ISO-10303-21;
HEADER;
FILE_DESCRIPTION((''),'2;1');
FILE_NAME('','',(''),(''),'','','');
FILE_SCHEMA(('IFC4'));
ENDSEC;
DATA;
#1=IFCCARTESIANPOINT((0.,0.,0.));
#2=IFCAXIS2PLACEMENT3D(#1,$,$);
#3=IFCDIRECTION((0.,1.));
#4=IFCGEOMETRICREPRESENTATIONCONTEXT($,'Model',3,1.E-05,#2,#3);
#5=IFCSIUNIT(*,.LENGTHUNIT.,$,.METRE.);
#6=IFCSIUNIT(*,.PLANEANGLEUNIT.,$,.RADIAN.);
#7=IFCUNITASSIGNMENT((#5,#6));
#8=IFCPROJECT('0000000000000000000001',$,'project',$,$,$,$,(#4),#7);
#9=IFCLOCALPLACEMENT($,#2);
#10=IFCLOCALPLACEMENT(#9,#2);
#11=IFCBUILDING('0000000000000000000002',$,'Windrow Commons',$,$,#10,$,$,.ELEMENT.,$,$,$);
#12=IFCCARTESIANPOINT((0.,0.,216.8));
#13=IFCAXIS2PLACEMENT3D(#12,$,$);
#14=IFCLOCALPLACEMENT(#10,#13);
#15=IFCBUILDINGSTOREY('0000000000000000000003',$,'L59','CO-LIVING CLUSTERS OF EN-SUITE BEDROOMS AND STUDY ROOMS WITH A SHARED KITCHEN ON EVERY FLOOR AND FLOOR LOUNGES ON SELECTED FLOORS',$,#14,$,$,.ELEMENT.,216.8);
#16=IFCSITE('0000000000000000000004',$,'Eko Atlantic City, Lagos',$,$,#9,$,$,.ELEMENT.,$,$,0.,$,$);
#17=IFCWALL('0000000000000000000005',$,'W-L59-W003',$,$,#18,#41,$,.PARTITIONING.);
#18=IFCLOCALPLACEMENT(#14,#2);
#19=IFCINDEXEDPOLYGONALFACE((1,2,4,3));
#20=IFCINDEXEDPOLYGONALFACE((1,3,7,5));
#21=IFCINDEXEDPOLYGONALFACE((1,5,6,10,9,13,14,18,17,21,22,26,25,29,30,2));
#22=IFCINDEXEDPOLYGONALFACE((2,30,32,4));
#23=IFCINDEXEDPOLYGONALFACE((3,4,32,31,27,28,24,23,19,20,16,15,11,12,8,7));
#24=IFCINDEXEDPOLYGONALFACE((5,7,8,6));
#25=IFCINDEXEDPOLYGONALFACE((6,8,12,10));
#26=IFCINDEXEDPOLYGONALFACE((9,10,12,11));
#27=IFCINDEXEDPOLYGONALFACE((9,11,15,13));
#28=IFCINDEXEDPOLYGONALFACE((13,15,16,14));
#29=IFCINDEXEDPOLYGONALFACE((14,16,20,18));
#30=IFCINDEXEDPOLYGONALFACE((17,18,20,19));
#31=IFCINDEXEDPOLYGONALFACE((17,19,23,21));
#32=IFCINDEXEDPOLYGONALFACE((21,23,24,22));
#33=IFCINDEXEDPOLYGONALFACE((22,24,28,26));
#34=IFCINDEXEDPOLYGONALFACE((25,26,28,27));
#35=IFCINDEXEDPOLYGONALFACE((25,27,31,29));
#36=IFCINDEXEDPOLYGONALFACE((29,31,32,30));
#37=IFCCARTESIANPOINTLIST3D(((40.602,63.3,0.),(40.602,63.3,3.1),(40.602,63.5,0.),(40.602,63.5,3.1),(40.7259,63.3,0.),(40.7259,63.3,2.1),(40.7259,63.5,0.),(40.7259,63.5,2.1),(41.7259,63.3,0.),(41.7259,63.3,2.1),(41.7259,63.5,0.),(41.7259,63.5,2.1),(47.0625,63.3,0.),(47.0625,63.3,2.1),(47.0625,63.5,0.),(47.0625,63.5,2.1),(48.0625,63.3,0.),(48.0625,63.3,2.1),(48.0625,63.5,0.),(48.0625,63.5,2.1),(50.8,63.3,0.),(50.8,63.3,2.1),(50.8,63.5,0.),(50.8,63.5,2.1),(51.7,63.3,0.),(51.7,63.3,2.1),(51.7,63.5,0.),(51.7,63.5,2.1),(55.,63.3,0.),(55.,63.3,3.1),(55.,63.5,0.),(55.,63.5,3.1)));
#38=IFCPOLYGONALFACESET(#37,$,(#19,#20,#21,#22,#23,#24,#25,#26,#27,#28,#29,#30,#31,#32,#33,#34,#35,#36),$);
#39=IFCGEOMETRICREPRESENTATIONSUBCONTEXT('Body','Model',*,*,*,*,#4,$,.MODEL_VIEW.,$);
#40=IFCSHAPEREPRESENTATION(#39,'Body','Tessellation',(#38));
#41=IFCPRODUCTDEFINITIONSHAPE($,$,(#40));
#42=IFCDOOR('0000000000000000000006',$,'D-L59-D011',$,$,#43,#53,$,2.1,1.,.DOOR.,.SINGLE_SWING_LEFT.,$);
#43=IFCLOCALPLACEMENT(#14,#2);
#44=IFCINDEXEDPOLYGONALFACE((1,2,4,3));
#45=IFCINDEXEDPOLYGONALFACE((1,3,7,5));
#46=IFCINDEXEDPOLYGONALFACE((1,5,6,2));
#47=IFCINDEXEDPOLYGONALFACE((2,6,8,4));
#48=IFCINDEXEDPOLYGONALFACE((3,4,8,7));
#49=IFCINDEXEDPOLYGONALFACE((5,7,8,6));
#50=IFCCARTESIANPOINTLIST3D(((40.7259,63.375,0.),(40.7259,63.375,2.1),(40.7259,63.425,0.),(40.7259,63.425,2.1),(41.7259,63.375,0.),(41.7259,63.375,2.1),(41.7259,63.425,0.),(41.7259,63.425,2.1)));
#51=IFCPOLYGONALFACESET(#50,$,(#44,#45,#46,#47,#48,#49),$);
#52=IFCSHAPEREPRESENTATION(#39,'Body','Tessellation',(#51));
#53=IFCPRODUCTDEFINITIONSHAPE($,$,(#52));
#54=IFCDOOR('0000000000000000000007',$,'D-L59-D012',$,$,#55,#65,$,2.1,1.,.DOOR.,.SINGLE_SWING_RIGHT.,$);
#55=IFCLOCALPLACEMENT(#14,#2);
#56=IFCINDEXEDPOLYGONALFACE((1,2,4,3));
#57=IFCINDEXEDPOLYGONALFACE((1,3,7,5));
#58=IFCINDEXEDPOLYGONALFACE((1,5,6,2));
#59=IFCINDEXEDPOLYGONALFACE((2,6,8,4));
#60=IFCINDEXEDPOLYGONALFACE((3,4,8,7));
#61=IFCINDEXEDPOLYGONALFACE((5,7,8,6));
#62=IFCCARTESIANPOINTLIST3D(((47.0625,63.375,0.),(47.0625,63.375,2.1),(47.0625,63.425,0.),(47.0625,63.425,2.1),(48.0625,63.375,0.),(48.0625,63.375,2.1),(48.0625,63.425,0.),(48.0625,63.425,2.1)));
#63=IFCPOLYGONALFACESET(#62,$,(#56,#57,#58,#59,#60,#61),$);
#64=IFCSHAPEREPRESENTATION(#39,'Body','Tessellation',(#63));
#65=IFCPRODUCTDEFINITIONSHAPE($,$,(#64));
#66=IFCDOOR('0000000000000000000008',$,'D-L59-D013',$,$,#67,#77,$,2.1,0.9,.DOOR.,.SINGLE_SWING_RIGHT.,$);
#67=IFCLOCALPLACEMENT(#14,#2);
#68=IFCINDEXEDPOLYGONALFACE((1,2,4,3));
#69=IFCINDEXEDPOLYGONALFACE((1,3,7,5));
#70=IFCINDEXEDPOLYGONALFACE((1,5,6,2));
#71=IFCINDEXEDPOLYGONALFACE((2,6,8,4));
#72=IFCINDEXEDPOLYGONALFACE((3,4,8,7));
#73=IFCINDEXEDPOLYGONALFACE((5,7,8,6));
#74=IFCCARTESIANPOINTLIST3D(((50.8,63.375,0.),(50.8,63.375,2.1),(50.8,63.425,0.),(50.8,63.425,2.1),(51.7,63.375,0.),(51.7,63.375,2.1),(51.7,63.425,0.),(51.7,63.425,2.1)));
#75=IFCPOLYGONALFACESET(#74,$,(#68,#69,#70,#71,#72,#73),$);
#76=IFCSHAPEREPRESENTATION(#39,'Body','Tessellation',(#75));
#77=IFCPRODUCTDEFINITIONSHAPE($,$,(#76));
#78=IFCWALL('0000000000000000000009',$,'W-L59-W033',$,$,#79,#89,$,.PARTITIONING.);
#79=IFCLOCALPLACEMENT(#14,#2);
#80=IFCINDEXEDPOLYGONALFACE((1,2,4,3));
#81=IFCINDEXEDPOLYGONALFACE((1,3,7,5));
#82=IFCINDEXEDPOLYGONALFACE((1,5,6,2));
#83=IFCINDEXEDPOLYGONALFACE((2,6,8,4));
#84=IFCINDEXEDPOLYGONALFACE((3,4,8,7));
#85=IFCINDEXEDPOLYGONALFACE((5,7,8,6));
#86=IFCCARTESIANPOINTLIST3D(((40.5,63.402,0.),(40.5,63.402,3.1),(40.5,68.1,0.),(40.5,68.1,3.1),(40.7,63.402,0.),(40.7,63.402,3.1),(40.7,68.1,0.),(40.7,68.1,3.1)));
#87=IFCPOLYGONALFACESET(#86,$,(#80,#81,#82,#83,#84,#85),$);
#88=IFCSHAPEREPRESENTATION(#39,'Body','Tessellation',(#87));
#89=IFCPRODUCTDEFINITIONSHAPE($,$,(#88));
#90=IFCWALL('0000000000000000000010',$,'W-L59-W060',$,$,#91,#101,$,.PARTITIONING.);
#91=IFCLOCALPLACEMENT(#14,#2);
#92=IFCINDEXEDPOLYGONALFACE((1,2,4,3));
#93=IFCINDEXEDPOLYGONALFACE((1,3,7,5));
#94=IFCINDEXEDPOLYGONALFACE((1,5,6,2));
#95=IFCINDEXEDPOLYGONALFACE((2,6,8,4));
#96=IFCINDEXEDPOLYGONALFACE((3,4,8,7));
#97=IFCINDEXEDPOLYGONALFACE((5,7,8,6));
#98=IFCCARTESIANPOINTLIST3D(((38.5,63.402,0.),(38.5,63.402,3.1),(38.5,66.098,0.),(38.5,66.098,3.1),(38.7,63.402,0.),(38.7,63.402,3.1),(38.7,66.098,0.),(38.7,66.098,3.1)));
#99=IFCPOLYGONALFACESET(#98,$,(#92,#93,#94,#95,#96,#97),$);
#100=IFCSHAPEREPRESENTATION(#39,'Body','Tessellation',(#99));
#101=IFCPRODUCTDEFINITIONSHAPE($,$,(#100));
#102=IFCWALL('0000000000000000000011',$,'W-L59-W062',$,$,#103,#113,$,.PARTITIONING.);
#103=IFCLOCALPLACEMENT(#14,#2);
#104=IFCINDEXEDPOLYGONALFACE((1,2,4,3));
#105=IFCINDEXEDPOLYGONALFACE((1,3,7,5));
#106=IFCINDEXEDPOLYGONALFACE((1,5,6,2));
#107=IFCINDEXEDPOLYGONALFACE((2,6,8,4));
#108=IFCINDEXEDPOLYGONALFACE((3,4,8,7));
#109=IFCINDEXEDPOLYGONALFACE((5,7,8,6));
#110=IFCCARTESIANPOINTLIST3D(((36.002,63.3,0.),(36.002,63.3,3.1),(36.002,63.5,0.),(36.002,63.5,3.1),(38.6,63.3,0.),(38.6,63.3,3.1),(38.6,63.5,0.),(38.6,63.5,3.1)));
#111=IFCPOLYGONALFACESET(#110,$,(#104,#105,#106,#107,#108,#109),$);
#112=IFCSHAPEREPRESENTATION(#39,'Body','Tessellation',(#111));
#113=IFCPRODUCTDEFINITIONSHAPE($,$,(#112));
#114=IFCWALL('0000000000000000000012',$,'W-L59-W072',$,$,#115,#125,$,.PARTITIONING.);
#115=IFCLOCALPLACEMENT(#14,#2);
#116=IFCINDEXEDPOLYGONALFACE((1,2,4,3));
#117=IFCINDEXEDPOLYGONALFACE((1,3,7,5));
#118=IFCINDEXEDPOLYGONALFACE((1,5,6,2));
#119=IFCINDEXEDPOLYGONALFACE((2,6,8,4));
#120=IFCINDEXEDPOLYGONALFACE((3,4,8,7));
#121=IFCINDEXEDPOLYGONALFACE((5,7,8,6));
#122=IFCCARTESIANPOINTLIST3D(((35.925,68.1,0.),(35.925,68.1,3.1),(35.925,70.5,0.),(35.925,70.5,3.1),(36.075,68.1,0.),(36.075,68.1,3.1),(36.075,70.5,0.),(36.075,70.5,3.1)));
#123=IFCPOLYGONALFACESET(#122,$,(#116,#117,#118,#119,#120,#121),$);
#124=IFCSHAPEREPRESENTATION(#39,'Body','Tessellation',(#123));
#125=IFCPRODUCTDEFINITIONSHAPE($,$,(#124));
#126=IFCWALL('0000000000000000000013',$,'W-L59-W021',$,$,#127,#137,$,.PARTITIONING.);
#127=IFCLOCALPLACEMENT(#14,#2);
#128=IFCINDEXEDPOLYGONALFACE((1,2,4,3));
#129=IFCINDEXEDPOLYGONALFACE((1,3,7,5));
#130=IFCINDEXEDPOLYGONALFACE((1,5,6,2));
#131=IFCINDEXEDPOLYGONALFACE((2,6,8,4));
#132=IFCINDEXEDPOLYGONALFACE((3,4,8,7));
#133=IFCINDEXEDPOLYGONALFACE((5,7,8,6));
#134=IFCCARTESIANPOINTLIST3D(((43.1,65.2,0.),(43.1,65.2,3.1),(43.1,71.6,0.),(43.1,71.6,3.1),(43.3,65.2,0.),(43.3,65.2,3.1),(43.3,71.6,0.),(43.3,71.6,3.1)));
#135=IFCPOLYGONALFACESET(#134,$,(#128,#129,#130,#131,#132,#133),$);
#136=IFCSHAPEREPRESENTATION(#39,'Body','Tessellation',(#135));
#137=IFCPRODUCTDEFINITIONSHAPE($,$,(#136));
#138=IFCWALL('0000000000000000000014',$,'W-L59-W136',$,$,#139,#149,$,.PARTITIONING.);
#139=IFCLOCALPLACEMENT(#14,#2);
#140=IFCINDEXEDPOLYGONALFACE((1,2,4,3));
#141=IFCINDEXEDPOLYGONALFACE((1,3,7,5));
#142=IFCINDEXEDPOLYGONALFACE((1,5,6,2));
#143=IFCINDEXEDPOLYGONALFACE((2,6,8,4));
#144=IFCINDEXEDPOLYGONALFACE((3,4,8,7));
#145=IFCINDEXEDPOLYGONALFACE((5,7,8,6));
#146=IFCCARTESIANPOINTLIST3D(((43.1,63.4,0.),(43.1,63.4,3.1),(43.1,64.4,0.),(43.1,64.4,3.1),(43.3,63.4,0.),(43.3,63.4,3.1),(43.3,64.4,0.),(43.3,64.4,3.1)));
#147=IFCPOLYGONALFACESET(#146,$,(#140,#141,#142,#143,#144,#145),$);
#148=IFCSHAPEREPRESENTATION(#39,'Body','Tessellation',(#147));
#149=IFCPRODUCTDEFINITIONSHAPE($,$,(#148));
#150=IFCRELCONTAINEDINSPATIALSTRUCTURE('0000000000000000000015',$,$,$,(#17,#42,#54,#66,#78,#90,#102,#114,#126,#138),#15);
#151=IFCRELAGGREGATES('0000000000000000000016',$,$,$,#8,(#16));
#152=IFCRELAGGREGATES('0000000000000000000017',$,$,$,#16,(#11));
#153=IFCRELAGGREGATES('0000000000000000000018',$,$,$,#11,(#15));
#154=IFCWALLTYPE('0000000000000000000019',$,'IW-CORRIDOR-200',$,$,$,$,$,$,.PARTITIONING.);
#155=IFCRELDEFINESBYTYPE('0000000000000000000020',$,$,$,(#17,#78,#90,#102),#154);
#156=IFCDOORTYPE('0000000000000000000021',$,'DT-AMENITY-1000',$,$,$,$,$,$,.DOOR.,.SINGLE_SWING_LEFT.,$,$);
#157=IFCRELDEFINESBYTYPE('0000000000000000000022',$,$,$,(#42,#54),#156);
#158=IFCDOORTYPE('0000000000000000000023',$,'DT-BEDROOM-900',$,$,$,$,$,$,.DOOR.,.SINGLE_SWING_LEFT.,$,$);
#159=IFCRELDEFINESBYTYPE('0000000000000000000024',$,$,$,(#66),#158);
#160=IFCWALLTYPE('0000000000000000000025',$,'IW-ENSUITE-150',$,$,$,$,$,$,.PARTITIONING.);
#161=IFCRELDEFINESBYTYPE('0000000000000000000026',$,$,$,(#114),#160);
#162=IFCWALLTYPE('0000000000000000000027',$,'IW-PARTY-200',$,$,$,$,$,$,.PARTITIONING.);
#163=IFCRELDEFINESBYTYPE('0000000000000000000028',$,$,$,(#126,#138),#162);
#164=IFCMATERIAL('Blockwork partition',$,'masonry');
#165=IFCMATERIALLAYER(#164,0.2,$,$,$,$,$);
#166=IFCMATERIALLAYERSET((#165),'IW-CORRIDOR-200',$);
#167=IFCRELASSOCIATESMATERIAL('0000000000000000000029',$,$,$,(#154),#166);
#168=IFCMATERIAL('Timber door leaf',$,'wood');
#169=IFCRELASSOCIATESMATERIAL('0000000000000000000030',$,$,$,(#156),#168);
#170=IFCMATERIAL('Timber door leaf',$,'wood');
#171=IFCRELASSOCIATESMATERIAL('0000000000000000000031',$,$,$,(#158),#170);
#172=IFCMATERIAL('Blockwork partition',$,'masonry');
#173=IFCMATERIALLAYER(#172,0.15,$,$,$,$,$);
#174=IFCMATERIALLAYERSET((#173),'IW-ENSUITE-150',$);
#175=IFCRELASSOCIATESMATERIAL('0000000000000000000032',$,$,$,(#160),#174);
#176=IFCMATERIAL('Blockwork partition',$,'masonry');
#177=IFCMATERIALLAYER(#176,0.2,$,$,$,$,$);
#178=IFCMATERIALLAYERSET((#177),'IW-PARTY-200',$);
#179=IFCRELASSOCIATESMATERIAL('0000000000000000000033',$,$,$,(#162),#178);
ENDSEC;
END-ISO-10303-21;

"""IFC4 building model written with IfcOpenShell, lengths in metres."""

from ifc_helpers import new_model, si_unit, direction, frame, frame_2d, origin, place, context, subcontext, project, spatial, rectangle, extrude, material, layer, layer_set, type_object, element, fill, save


model = new_model("IFC4")

# Units and contexts
model_context = context("Model", 3, precision=1e-05, world=origin(), true_north=direction((0.0, 1.0)))
body_context = subcontext(model_context, "Body", "Model", "MODEL_VIEW")
ifc_project = project(units=[si_unit("LENGTHUNIT", "METRE"), si_unit("PLANEANGLEUNIT", "RADIAN")], contexts=[model_context])

# Site, building, storey
site_placement = place(None, origin())
site = spatial("IfcSite", under=ifc_project, at=site_placement, Name="Eko Atlantic City, Lagos", CompositionType="ELEMENT", RefElevation=0.0)
building_placement = place(site_placement, origin())
building = spatial("IfcBuilding", under=site, at=building_placement, Name="Windrow Commons", CompositionType="ELEMENT")
storey_placement = place(building_placement, frame((0.0, 0.0, 216.8)))
storey = spatial("IfcBuildingStorey", under=building, at=storey_placement, Name="L59", Description="CO-LIVING CLUSTERS OF EN-SUITE BEDROOMS AND STUDY ROOMS WITH A SHARED KITCHEN ON EVERY FLOOR AND FLOOR LOUNGES ON SELECTED FLOORS", CompositionType="ELEMENT", Elevation=216.8)

# Wall, openings, doors
ifc_material_1 = material(Name="Blockwork partition", Category="masonry")
ifc_layer_1 = layer(ifc_material_1, 0.2)
ifc_layer_set_1 = layer_set([ifc_layer_1], Name="IW-CORRIDOR-200")
wall_type_1 = type_object("IfcWallType", Name="IW-CORRIDOR-200", PredefinedType="PARTITIONING", material=ifc_layer_set_1)
wall_1_placement = place(storey_placement, frame((40.602, 63.4, 0.0), z_axis=(0.0, 0.0, 1.0), x_axis=(1.0, 0.0, 0.0)))
wall_1 = element("IfcWall", 1, at=wall_1_placement, inside=storey, type_object=wall_type_1, Name="W-L59-W003", PredefinedType="PARTITIONING", context=body_context, shape_type="SweptSolid", body=[
    extrude(rectangle(XDim=14.398, YDim=0.2, at=frame_2d((7.199, 0.0))), origin(), (0.0, 0.0, 1.0), 3.1),
])
opening_1_placement = place(wall_1_placement, frame((0.1239, 0.0, 0.0)))
opening_1 = element("IfcOpeningElement", 2, at=opening_1_placement, cuts=wall_1, PredefinedType="OPENING", context=body_context, shape_type="SweptSolid", body=[
    extrude(rectangle(XDim=1.0, YDim=2.1, at=frame_2d((0.5, 1.05))), frame((0.0, 0.11, 0.0), z_axis=(0.0, -1.0, 0.0), x_axis=(1.0, 0.0, 0.0)), (0.0, 0.0, 1.0), 0.22),
])
opening_2_placement = place(wall_1_placement, frame((6.4605, 0.0, 0.0)))
opening_2 = element("IfcOpeningElement", 3, at=opening_2_placement, cuts=wall_1, PredefinedType="OPENING", context=body_context, shape_type="SweptSolid", body=[
    extrude(rectangle(XDim=1.0, YDim=2.1, at=frame_2d((0.5, 1.05))), frame((0.0, 0.11, 0.0), z_axis=(0.0, -1.0, 0.0), x_axis=(1.0, 0.0, 0.0)), (0.0, 0.0, 1.0), 0.22),
])
opening_3_placement = place(wall_1_placement, frame((10.198, 0.0, 0.0)))
opening_3 = element("IfcOpeningElement", 4, at=opening_3_placement, cuts=wall_1, PredefinedType="OPENING", context=body_context, shape_type="SweptSolid", body=[
    extrude(rectangle(XDim=0.9, YDim=2.1, at=frame_2d((0.45, 1.05))), frame((0.0, 0.11, 0.0), z_axis=(0.0, -1.0, 0.0), x_axis=(1.0, 0.0, 0.0)), (0.0, 0.0, 1.0), 0.22),
])
ifc_material_2 = material(Name="Timber door leaf", Category="wood")
door_type_1 = type_object("IfcDoorType", Name="DT-AMENITY-1000", OperationType="SINGLE_SWING_LEFT", PredefinedType="DOOR", material=ifc_material_2)
door_1_placement = place(opening_1_placement, origin())
door_1 = element("IfcDoor", 5, at=door_1_placement, inside=storey, type_object=door_type_1, Name="D-L59-D011", OperationType="SINGLE_SWING_LEFT", OverallHeight=2.1, OverallWidth=1.0, PredefinedType="DOOR", context=body_context, shape_type="SweptSolid", body=[
    extrude(rectangle(XDim=1.0, YDim=2.1, at=frame_2d((0.5, 1.05))), frame((0.0, 0.025, 0.0), z_axis=(0.0, -1.0, 0.0), x_axis=(1.0, 0.0, 0.0)), (0.0, 0.0, 1.0), 0.05),
])
fill(opening_1, door_1)
door_2_placement = place(opening_2_placement, origin())
door_2 = element("IfcDoor", 6, at=door_2_placement, inside=storey, type_object=door_type_1, Name="D-L59-D012", OperationType="SINGLE_SWING_RIGHT", OverallHeight=2.1, OverallWidth=1.0, PredefinedType="DOOR", context=body_context, shape_type="SweptSolid", body=[
    extrude(rectangle(XDim=1.0, YDim=2.1, at=frame_2d((0.5, 1.05))), frame((0.0, 0.025, 0.0), z_axis=(0.0, -1.0, 0.0), x_axis=(1.0, 0.0, 0.0)), (0.0, 0.0, 1.0), 0.05),
])
fill(opening_2, door_2)
ifc_material_3 = material(Name="Timber door leaf", Category="wood")
door_type_2 = type_object("IfcDoorType", Name="DT-BEDROOM-900", OperationType="SINGLE_SWING_LEFT", PredefinedType="DOOR", material=ifc_material_3)
door_3_placement = place(opening_3_placement, origin())
door_3 = element("IfcDoor", 7, at=door_3_placement, inside=storey, type_object=door_type_2, Name="D-L59-D013", OperationType="SINGLE_SWING_RIGHT", OverallHeight=2.1, OverallWidth=0.9, PredefinedType="DOOR", context=body_context, shape_type="SweptSolid", body=[
    extrude(rectangle(XDim=0.9, YDim=2.1, at=frame_2d((0.45, 1.05))), frame((0.0, 0.025, 0.0), z_axis=(0.0, -1.0, 0.0), x_axis=(1.0, 0.0, 0.0)), (0.0, 0.0, 1.0), 0.05),
])
fill(opening_3, door_3)

# Walls
wall_2_placement = place(storey_placement, frame((40.6, 63.402, 0.0), z_axis=(0.0, 0.0, 1.0), x_axis=(0.0, 1.0, 0.0)))
element("IfcWall", 8, at=wall_2_placement, inside=storey, type_object=wall_type_1, Name="W-L59-W033", PredefinedType="PARTITIONING", context=body_context, shape_type="SweptSolid", body=[
    extrude(rectangle(XDim=4.698, YDim=0.2, at=frame_2d((2.349, 0.0))), origin(), (0.0, 0.0, 1.0), 3.1),
])
wall_3_placement = place(storey_placement, frame((38.6, 63.402, 0.0), z_axis=(0.0, 0.0, 1.0), x_axis=(0.0, 1.0, 0.0)))
element("IfcWall", 9, at=wall_3_placement, inside=storey, type_object=wall_type_1, Name="W-L59-W060", PredefinedType="PARTITIONING", context=body_context, shape_type="SweptSolid", body=[
    extrude(rectangle(XDim=2.696, YDim=0.2, at=frame_2d((1.348, 0.0))), origin(), (0.0, 0.0, 1.0), 3.1),
])
wall_4_placement = place(storey_placement, frame((36.002, 63.4, 0.0), z_axis=(0.0, 0.0, 1.0), x_axis=(1.0, 0.0, 0.0)))
element("IfcWall", 10, at=wall_4_placement, inside=storey, type_object=wall_type_1, Name="W-L59-W062", PredefinedType="PARTITIONING", context=body_context, shape_type="SweptSolid", body=[
    extrude(rectangle(XDim=2.598, YDim=0.2, at=frame_2d((1.299, 0.0))), origin(), (0.0, 0.0, 1.0), 3.1),
])
ifc_material_4 = material(Name="Blockwork partition", Category="masonry")
ifc_layer_2 = layer(ifc_material_4, 0.15)
ifc_layer_set_2 = layer_set([ifc_layer_2], Name="IW-ENSUITE-150")
wall_type_2 = type_object("IfcWallType", Name="IW-ENSUITE-150", PredefinedType="PARTITIONING", material=ifc_layer_set_2)
wall_5_placement = place(storey_placement, frame((36.0, 68.1, 0.0), z_axis=(0.0, 0.0, 1.0), x_axis=(0.0, 1.0, 0.0)))
element("IfcWall", 11, at=wall_5_placement, inside=storey, type_object=wall_type_2, Name="W-L59-W072", PredefinedType="PARTITIONING", context=body_context, shape_type="SweptSolid", body=[
    extrude(rectangle(XDim=2.4, YDim=0.15, at=frame_2d((1.2, 0.0))), origin(), (0.0, 0.0, 1.0), 3.1),
])
ifc_material_5 = material(Name="Blockwork partition", Category="masonry")
ifc_layer_3 = layer(ifc_material_5, 0.2)
ifc_layer_set_3 = layer_set([ifc_layer_3], Name="IW-PARTY-200")
wall_type_3 = type_object("IfcWallType", Name="IW-PARTY-200", PredefinedType="PARTITIONING", material=ifc_layer_set_3)
wall_6_placement = place(storey_placement, frame((43.2, 65.2, 0.0), z_axis=(0.0, 0.0, 1.0), x_axis=(0.0, 1.0, 0.0)))
element("IfcWall", 12, at=wall_6_placement, inside=storey, type_object=wall_type_3, Name="W-L59-W021", PredefinedType="PARTITIONING", context=body_context, shape_type="SweptSolid", body=[
    extrude(rectangle(XDim=6.4, YDim=0.2, at=frame_2d((3.2, 0.0))), origin(), (0.0, 0.0, 1.0), 3.1),
])
wall_7_placement = place(storey_placement, frame((43.2, 63.4, 0.0), z_axis=(0.0, 0.0, 1.0), x_axis=(0.0, 1.0, 0.0)))
element("IfcWall", 13, at=wall_7_placement, inside=storey, type_object=wall_type_3, Name="W-L59-W136", PredefinedType="PARTITIONING", context=body_context, shape_type="SweptSolid", body=[
    extrude(rectangle(XDim=1.0, YDim=0.2, at=frame_2d((0.5, 0.0))), origin(), (0.0, 0.0, 1.0), 3.1),
])

save(model, "model.ifc")
